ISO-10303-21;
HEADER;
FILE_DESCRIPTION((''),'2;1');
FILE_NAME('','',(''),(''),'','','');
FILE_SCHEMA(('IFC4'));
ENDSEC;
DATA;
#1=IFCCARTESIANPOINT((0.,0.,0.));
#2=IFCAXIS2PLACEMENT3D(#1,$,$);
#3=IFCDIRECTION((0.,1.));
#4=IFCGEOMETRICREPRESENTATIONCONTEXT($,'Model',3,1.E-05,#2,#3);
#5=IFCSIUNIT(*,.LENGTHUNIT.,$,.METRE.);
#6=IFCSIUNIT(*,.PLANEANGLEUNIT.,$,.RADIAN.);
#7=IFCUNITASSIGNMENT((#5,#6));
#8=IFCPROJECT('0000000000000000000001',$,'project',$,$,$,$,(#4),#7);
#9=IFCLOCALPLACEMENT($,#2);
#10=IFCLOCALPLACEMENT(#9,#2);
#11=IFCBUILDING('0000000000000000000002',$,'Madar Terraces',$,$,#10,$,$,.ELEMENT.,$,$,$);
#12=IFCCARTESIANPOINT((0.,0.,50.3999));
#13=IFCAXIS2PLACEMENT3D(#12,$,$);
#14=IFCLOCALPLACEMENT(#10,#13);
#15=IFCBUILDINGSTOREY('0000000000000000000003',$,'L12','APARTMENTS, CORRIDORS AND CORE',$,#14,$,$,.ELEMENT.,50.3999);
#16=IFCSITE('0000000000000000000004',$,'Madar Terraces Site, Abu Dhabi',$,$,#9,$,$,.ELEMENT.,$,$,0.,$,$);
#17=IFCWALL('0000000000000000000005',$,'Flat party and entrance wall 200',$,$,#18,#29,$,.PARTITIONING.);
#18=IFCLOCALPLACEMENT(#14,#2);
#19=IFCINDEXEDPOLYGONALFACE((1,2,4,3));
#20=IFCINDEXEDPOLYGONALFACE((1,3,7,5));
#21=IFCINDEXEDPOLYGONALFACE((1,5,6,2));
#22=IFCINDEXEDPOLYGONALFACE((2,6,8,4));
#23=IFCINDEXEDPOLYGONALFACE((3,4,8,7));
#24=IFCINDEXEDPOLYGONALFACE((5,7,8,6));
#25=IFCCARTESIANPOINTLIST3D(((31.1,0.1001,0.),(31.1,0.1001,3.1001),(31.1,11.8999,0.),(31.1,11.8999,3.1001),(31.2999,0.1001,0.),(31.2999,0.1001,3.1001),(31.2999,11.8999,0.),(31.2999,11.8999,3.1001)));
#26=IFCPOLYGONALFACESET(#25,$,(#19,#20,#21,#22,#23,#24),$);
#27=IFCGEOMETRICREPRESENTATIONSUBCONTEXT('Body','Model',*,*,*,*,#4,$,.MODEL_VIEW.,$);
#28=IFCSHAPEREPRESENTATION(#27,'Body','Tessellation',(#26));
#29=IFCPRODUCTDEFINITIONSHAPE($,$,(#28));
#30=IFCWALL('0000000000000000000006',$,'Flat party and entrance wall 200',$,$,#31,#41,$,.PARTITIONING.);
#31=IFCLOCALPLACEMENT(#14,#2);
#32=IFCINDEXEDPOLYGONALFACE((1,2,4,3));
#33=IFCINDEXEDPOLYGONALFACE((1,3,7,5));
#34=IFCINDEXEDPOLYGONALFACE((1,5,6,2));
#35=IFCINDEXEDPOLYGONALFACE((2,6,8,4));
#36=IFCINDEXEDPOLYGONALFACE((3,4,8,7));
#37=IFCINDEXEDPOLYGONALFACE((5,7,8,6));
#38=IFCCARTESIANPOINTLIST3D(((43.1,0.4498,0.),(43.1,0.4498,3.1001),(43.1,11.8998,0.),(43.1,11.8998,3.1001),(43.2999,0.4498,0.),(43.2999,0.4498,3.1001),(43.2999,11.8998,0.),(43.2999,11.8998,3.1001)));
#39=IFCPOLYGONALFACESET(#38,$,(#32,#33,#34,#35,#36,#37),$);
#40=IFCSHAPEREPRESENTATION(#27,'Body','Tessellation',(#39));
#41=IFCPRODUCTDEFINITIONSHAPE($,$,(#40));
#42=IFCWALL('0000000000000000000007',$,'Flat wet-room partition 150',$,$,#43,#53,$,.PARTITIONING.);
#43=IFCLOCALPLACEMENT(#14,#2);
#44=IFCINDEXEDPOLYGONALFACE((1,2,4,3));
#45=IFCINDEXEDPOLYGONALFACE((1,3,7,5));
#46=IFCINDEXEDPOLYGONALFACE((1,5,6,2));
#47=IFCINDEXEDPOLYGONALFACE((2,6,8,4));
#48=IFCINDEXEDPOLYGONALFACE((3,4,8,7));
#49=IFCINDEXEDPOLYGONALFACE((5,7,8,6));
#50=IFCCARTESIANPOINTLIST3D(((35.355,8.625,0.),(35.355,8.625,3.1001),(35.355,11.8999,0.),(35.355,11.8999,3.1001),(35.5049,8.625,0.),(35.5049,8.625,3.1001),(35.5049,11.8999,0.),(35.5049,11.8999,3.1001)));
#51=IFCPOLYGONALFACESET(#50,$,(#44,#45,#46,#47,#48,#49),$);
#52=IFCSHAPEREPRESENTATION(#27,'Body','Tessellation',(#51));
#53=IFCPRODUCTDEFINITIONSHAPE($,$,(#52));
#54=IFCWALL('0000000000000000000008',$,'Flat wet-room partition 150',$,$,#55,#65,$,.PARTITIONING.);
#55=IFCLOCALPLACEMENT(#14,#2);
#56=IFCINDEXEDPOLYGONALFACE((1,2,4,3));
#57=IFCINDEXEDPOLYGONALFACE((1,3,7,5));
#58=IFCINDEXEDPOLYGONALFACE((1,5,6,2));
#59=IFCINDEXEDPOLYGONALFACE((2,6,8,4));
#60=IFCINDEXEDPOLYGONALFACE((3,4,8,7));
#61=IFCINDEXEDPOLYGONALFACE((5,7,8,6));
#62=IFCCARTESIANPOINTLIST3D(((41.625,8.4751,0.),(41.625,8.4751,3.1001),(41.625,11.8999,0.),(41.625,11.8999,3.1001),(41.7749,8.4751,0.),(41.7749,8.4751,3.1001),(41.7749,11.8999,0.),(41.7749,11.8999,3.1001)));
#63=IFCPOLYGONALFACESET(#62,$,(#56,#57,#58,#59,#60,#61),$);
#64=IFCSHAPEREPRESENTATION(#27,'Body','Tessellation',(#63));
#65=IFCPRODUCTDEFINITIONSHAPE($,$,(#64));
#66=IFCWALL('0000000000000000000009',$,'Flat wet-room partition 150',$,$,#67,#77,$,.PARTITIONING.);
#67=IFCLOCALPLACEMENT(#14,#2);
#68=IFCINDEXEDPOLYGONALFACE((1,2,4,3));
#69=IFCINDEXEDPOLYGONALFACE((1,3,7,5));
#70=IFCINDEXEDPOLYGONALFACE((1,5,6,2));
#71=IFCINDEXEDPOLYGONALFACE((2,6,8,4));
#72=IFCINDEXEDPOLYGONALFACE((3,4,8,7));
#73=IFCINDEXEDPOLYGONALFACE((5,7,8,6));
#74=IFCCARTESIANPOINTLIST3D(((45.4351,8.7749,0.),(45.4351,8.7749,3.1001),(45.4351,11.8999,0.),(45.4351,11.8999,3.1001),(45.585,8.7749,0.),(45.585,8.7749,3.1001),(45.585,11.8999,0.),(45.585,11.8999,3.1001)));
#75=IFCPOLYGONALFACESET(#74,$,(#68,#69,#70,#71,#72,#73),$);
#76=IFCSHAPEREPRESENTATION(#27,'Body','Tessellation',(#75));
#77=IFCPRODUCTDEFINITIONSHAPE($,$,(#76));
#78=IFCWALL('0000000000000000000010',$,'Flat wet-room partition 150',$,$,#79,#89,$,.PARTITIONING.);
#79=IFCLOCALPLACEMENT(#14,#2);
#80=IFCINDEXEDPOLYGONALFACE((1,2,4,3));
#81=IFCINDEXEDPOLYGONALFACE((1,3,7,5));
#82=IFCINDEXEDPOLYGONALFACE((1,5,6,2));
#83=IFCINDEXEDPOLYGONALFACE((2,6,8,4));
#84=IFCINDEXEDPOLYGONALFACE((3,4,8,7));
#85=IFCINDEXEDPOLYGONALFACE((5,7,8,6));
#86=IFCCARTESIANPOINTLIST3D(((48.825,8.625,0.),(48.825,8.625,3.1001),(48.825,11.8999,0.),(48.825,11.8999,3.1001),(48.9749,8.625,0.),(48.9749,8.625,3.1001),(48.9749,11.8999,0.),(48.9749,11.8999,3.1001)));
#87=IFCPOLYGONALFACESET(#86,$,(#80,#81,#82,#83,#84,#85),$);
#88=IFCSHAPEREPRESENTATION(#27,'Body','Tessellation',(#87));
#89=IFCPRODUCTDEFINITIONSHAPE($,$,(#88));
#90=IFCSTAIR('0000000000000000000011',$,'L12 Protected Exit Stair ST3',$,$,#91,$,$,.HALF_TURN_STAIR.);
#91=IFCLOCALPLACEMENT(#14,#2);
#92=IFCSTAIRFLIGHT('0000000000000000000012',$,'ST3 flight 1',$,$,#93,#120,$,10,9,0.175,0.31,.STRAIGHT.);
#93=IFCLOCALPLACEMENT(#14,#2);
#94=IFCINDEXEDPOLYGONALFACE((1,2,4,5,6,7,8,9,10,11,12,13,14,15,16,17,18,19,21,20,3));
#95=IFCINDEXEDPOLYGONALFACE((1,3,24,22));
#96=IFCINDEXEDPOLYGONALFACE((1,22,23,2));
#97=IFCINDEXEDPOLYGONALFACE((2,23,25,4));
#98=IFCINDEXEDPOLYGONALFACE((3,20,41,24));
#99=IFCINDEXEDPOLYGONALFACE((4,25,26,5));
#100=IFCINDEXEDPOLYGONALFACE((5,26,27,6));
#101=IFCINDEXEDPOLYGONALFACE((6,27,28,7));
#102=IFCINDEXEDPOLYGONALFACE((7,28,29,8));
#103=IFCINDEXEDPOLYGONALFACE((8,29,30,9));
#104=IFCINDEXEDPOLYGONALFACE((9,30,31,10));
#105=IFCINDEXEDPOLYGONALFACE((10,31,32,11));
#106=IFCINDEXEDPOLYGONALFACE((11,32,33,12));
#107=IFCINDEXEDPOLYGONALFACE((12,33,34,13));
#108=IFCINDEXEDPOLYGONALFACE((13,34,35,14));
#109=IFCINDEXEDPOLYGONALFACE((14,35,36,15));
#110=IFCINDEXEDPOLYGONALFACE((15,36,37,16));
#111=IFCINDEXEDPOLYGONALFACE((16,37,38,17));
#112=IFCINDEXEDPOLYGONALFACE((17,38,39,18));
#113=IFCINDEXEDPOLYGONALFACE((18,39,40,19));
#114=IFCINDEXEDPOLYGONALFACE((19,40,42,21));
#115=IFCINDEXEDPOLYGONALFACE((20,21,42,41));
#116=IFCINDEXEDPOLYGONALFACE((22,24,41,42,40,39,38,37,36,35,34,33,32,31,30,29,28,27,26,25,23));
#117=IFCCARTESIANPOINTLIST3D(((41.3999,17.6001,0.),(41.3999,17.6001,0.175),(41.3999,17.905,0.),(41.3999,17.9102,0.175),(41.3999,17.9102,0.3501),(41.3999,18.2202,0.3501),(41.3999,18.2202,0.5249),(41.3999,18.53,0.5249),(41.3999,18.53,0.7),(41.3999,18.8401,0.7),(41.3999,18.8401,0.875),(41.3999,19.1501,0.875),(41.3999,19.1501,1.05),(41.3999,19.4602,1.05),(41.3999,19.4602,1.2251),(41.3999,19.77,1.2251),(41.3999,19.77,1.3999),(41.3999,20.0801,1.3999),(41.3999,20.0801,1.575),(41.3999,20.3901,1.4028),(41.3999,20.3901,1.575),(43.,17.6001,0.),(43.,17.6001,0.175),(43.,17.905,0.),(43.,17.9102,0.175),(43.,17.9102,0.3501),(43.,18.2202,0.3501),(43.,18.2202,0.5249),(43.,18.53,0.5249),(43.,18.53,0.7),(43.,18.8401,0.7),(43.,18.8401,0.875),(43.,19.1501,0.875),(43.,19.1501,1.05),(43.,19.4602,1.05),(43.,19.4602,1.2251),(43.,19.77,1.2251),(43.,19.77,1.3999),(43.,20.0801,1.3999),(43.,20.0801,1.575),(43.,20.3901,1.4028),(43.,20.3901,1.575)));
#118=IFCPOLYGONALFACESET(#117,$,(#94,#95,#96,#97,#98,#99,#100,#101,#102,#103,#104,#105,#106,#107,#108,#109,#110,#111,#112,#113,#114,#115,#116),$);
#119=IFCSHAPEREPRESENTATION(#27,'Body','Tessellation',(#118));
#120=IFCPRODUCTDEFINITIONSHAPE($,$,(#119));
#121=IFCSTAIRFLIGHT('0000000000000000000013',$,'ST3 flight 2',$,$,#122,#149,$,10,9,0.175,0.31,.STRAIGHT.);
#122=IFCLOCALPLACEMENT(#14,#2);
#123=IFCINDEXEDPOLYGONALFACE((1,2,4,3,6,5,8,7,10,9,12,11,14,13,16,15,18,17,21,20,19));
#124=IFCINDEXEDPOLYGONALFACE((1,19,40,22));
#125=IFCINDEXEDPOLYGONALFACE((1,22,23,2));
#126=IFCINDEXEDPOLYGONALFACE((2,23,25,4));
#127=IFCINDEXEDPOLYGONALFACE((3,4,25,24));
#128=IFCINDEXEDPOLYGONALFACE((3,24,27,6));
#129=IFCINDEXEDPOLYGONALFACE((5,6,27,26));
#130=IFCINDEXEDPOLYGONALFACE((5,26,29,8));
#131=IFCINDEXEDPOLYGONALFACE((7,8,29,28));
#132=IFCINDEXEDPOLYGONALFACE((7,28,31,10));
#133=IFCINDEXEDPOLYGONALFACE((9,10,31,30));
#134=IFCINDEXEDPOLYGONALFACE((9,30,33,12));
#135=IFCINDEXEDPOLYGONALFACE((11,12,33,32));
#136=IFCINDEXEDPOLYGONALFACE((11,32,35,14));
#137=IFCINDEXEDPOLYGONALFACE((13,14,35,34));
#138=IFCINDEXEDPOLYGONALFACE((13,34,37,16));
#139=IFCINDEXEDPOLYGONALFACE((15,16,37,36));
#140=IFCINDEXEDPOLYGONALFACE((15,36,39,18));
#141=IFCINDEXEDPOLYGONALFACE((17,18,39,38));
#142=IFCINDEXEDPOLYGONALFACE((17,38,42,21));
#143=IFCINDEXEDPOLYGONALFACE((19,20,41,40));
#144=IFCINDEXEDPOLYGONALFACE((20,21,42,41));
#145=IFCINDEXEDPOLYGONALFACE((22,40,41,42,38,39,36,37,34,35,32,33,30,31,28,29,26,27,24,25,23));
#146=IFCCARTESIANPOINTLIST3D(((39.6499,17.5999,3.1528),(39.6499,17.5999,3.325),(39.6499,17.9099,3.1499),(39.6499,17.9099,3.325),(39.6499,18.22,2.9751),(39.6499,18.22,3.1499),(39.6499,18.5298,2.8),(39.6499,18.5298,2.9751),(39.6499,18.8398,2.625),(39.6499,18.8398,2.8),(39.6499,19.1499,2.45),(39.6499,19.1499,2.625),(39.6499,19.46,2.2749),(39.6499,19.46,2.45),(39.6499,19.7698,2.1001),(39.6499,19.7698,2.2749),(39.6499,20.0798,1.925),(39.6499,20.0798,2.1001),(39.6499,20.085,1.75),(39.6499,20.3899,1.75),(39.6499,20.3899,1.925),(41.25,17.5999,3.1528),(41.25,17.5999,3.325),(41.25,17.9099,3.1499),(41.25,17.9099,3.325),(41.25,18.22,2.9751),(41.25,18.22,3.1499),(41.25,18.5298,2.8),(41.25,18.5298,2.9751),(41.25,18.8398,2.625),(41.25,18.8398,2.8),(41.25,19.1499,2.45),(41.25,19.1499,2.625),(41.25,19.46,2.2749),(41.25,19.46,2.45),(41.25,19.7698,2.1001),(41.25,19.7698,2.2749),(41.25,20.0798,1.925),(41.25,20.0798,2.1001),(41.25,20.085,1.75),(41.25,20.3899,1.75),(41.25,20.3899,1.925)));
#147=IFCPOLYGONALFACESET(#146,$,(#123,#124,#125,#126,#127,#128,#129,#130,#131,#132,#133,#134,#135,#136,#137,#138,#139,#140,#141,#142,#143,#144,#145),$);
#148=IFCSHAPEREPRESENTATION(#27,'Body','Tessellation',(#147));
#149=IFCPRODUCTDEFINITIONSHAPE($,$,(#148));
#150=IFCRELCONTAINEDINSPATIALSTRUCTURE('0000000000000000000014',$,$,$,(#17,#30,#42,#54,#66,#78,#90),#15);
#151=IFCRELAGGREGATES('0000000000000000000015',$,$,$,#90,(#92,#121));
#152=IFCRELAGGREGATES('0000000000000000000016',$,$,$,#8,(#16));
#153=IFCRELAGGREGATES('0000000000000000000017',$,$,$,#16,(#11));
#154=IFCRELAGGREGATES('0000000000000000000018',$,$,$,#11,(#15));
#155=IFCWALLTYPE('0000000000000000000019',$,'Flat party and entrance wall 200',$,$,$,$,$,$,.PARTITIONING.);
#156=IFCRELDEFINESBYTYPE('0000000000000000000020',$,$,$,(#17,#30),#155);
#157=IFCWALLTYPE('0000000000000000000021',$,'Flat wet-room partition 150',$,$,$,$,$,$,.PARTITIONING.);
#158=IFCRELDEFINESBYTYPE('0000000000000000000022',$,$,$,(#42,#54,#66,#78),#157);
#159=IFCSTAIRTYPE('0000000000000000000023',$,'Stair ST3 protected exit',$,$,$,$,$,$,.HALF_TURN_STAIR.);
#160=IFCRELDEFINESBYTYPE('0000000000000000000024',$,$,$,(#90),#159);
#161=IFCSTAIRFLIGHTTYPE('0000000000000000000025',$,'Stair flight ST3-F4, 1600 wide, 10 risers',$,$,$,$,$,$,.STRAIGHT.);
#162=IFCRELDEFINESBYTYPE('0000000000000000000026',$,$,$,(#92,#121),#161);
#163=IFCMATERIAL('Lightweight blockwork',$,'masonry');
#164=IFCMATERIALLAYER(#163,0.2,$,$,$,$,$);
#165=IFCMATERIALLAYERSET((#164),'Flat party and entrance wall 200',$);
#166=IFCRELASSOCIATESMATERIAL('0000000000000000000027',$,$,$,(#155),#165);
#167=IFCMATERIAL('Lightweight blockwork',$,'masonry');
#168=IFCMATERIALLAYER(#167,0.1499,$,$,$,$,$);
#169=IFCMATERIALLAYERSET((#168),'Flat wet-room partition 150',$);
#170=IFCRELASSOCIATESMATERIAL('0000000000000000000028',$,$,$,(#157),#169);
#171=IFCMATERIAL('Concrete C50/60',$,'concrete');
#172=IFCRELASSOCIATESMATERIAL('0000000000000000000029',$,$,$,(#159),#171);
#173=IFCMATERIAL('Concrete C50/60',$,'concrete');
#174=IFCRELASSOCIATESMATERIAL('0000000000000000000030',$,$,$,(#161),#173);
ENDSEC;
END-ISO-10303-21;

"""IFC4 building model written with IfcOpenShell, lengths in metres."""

from ifc_helpers import new_model, si_unit, direction, frame, frame_2d, origin, place, context, subcontext, project, spatial, polyline, rectangle, outline, extrude, material, layer, layer_set, type_object, element, aggregate, save


model = new_model("IFC4")

# Units and contexts
model_context = context("Model", 3, precision=1e-05, world=origin(), true_north=direction((0.0, 1.0)))
body_context = subcontext(model_context, "Body", "Model", "MODEL_VIEW")
ifc_project = project(units=[si_unit("LENGTHUNIT", "METRE"), si_unit("PLANEANGLEUNIT", "RADIAN")], contexts=[model_context])

# Site, building, storey
site_placement = place(None, origin())
site = spatial("IfcSite", under=ifc_project, at=site_placement, Name="Madar Terraces Site, Abu Dhabi", CompositionType="ELEMENT", RefElevation=0.0)
building_placement = place(site_placement, origin())
building = spatial("IfcBuilding", under=site, at=building_placement, Name="Madar Terraces", CompositionType="ELEMENT")
storey_placement = place(building_placement, frame((0.0, 0.0, 50.3999)))
storey = spatial("IfcBuildingStorey", under=building, at=storey_placement, Name="L12", Description="APARTMENTS, CORRIDORS AND CORE", CompositionType="ELEMENT", Elevation=50.3999)

# Walls
ifc_material_1 = material(Name="Lightweight blockwork", Category="masonry")
ifc_layer_1 = layer(ifc_material_1, 0.2)
ifc_layer_set_1 = layer_set([ifc_layer_1], Name="Flat party and entrance wall 200")
wall_type_1 = type_object("IfcWallType", Name="Flat party and entrance wall 200", PredefinedType="PARTITIONING", material=ifc_layer_set_1)
wall_1_placement = place(storey_placement, frame((31.2, 11.8999, 0.0), z_axis=(0.0, 0.0, 1.0), x_axis=(0.0, -1.0, 0.0)))
element("IfcWall", 1, at=wall_1_placement, inside=storey, type_object=wall_type_1, Name="Flat party and entrance wall 200", PredefinedType="PARTITIONING", context=body_context, shape_type="SweptSolid", body=[
    extrude(rectangle(XDim=11.7998, YDim=0.2, at=frame_2d((5.8999, 0.0))), origin(), (0.0, 0.0, 1.0), 3.1001),
])
wall_2_placement = place(storey_placement, frame((43.2, 11.8999, 0.0), z_axis=(0.0, 0.0, 1.0), x_axis=(0.0, -1.0, 0.0)))
element("IfcWall", 2, at=wall_2_placement, inside=storey, type_object=wall_type_1, Name="Flat party and entrance wall 200", PredefinedType="PARTITIONING", context=body_context, shape_type="SweptSolid", body=[
    extrude(rectangle(XDim=11.45, YDim=0.2, at=frame_2d((5.7251, 0.0))), origin(), (0.0, 0.0, 1.0), 3.1001),
])
ifc_material_2 = material(Name="Lightweight blockwork", Category="masonry")
ifc_layer_2 = layer(ifc_material_2, 0.1499)
ifc_layer_set_2 = layer_set([ifc_layer_2], Name="Flat wet-room partition 150")
wall_type_2 = type_object("IfcWallType", Name="Flat wet-room partition 150", PredefinedType="PARTITIONING", material=ifc_layer_set_2)
wall_3_placement = place(storey_placement, frame((35.4299, 11.8999, 0.0), z_axis=(0.0, 0.0, 1.0), x_axis=(0.0, -1.0, 0.0)))
element("IfcWall", 3, at=wall_3_placement, inside=storey, type_object=wall_type_2, Name="Flat wet-room partition 150", PredefinedType="PARTITIONING", context=body_context, shape_type="SweptSolid", body=[
    extrude(rectangle(XDim=3.2749, YDim=0.1499, at=frame_2d((1.6375, 0.0))), origin(), (0.0, 0.0, 1.0), 3.1001),
])
wall_4_placement = place(storey_placement, frame((41.7, 11.8999, 0.0), z_axis=(0.0, 0.0, 1.0), x_axis=(0.0, -1.0, 0.0)))
element("IfcWall", 4, at=wall_4_placement, inside=storey, type_object=wall_type_2, Name="Flat wet-room partition 150", PredefinedType="PARTITIONING", context=body_context, shape_type="SweptSolid", body=[
    extrude(rectangle(XDim=3.4248, YDim=0.1499, at=frame_2d((1.7124, 0.0))), origin(), (0.0, 0.0, 1.0), 3.1001),
])
wall_5_placement = place(storey_placement, frame((45.51, 11.8999, 0.0), z_axis=(0.0, 0.0, 1.0), x_axis=(0.0, -1.0, 0.0)))
element("IfcWall", 5, at=wall_5_placement, inside=storey, type_object=wall_type_2, Name="Flat wet-room partition 150", PredefinedType="PARTITIONING", context=body_context, shape_type="SweptSolid", body=[
    extrude(rectangle(XDim=3.125, YDim=0.1499, at=frame_2d((1.5625, 0.0))), origin(), (0.0, 0.0, 1.0), 3.1001),
])
wall_6_placement = place(storey_placement, frame((48.8999, 11.8999, 0.0), z_axis=(0.0, 0.0, 1.0), x_axis=(0.0, -1.0, 0.0)))
element("IfcWall", 6, at=wall_6_placement, inside=storey, type_object=wall_type_2, Name="Flat wet-room partition 150", PredefinedType="PARTITIONING", context=body_context, shape_type="SweptSolid", body=[
    extrude(rectangle(XDim=3.2749, YDim=0.1499, at=frame_2d((1.6375, 0.0))), origin(), (0.0, 0.0, 1.0), 3.1001),
])

# Stair, stair flights
ifc_material_3 = material(Name="Concrete C50/60", Category="concrete")
stair_type = type_object("IfcStairType", Name="Stair ST3 protected exit", PredefinedType="HALF_TURN_STAIR", material=ifc_material_3)
stair_placement = place(storey_placement, origin())
stair = element("IfcStair", 7, at=stair_placement, inside=storey, type_object=stair_type, Name="L12 Protected Exit Stair ST3", PredefinedType="HALF_TURN_STAIR")
ifc_material_4 = material(Name="Concrete C50/60", Category="concrete")
stair_flight_type = type_object("IfcStairFlightType", Name="Stair flight ST3-F4, 1600 wide, 10 risers", PredefinedType="STRAIGHT", material=ifc_material_4)
stair_flight_1_placement = place(storey_placement, frame((42.2, 17.6001, 0.0), z_axis=(0.0, 0.0, 1.0), x_axis=(0.0, 1.0, 0.0)))
stair_flight_1 = element("IfcStairFlight", 8, at=stair_flight_1_placement, type_object=stair_flight_type, Name="ST3 flight 1", NumberOfRisers=10, NumberOfTreads=9, PredefinedType="STRAIGHT", RiserHeight=0.175, TreadLength=0.31, context=body_context, shape_type="SweptSolid", body=[
    extrude(outline(polyline([(0.0, 0.0), (0.0, 0.175), (0.3101, 0.175), (0.3101, 0.3501), (0.6201, 0.3501), (0.6201, 0.5249), (0.9299, 0.5249), (0.9299, 0.7), (1.24, 0.7), (1.24, 0.875), (1.55, 0.875), (1.55, 1.05), (1.8601, 1.05), (1.8601, 1.2251), (2.1699, 1.2251), (2.1699, 1.3999), (2.48, 1.3999), (2.48, 1.575), (2.79, 1.575), (2.79, 1.75), (2.79, 1.4028), (0.3049, 0.0), (0.0, 0.0)])), frame((0.0, 0.8, 0.0), z_axis=(0.0, -1.0, 0.0), x_axis=(1.0, 0.0, 0.0)), (0.0, 0.0, 1.0), 1.6001),
])
stair_flight_2_placement = place(storey_placement, frame((40.45, 20.3899, 1.75), z_axis=(0.0, 0.0, 1.0), x_axis=(0.0, -1.0, 0.0)))
stair_flight_2 = element("IfcStairFlight", 9, at=stair_flight_2_placement, type_object=stair_flight_type, Name="ST3 flight 2", NumberOfRisers=10, NumberOfTreads=9, PredefinedType="STRAIGHT", RiserHeight=0.175, TreadLength=0.31, context=body_context, shape_type="SweptSolid", body=[
    extrude(outline(polyline([(0.0, 0.0), (0.0, 0.175), (0.3101, 0.175), (0.3101, 0.3501), (0.6201, 0.3501), (0.6201, 0.5249), (0.9299, 0.5249), (0.9299, 0.7), (1.24, 0.7), (1.24, 0.875), (1.55, 0.875), (1.55, 1.05), (1.8601, 1.05), (1.8601, 1.2251), (2.1699, 1.2251), (2.1699, 1.3999), (2.48, 1.3999), (2.48, 1.575), (2.79, 1.575), (2.79, 1.75), (2.79, 1.4028), (0.3049, 0.0), (0.0, 0.0)])), frame((0.0, 0.8, 0.0), z_axis=(0.0, -1.0, 0.0), x_axis=(1.0, 0.0, 0.0)), (0.0, 0.0, 1.0), 1.6001),
])
aggregate(stair, [stair_flight_1, stair_flight_2])

save(model, "model.ifc")
